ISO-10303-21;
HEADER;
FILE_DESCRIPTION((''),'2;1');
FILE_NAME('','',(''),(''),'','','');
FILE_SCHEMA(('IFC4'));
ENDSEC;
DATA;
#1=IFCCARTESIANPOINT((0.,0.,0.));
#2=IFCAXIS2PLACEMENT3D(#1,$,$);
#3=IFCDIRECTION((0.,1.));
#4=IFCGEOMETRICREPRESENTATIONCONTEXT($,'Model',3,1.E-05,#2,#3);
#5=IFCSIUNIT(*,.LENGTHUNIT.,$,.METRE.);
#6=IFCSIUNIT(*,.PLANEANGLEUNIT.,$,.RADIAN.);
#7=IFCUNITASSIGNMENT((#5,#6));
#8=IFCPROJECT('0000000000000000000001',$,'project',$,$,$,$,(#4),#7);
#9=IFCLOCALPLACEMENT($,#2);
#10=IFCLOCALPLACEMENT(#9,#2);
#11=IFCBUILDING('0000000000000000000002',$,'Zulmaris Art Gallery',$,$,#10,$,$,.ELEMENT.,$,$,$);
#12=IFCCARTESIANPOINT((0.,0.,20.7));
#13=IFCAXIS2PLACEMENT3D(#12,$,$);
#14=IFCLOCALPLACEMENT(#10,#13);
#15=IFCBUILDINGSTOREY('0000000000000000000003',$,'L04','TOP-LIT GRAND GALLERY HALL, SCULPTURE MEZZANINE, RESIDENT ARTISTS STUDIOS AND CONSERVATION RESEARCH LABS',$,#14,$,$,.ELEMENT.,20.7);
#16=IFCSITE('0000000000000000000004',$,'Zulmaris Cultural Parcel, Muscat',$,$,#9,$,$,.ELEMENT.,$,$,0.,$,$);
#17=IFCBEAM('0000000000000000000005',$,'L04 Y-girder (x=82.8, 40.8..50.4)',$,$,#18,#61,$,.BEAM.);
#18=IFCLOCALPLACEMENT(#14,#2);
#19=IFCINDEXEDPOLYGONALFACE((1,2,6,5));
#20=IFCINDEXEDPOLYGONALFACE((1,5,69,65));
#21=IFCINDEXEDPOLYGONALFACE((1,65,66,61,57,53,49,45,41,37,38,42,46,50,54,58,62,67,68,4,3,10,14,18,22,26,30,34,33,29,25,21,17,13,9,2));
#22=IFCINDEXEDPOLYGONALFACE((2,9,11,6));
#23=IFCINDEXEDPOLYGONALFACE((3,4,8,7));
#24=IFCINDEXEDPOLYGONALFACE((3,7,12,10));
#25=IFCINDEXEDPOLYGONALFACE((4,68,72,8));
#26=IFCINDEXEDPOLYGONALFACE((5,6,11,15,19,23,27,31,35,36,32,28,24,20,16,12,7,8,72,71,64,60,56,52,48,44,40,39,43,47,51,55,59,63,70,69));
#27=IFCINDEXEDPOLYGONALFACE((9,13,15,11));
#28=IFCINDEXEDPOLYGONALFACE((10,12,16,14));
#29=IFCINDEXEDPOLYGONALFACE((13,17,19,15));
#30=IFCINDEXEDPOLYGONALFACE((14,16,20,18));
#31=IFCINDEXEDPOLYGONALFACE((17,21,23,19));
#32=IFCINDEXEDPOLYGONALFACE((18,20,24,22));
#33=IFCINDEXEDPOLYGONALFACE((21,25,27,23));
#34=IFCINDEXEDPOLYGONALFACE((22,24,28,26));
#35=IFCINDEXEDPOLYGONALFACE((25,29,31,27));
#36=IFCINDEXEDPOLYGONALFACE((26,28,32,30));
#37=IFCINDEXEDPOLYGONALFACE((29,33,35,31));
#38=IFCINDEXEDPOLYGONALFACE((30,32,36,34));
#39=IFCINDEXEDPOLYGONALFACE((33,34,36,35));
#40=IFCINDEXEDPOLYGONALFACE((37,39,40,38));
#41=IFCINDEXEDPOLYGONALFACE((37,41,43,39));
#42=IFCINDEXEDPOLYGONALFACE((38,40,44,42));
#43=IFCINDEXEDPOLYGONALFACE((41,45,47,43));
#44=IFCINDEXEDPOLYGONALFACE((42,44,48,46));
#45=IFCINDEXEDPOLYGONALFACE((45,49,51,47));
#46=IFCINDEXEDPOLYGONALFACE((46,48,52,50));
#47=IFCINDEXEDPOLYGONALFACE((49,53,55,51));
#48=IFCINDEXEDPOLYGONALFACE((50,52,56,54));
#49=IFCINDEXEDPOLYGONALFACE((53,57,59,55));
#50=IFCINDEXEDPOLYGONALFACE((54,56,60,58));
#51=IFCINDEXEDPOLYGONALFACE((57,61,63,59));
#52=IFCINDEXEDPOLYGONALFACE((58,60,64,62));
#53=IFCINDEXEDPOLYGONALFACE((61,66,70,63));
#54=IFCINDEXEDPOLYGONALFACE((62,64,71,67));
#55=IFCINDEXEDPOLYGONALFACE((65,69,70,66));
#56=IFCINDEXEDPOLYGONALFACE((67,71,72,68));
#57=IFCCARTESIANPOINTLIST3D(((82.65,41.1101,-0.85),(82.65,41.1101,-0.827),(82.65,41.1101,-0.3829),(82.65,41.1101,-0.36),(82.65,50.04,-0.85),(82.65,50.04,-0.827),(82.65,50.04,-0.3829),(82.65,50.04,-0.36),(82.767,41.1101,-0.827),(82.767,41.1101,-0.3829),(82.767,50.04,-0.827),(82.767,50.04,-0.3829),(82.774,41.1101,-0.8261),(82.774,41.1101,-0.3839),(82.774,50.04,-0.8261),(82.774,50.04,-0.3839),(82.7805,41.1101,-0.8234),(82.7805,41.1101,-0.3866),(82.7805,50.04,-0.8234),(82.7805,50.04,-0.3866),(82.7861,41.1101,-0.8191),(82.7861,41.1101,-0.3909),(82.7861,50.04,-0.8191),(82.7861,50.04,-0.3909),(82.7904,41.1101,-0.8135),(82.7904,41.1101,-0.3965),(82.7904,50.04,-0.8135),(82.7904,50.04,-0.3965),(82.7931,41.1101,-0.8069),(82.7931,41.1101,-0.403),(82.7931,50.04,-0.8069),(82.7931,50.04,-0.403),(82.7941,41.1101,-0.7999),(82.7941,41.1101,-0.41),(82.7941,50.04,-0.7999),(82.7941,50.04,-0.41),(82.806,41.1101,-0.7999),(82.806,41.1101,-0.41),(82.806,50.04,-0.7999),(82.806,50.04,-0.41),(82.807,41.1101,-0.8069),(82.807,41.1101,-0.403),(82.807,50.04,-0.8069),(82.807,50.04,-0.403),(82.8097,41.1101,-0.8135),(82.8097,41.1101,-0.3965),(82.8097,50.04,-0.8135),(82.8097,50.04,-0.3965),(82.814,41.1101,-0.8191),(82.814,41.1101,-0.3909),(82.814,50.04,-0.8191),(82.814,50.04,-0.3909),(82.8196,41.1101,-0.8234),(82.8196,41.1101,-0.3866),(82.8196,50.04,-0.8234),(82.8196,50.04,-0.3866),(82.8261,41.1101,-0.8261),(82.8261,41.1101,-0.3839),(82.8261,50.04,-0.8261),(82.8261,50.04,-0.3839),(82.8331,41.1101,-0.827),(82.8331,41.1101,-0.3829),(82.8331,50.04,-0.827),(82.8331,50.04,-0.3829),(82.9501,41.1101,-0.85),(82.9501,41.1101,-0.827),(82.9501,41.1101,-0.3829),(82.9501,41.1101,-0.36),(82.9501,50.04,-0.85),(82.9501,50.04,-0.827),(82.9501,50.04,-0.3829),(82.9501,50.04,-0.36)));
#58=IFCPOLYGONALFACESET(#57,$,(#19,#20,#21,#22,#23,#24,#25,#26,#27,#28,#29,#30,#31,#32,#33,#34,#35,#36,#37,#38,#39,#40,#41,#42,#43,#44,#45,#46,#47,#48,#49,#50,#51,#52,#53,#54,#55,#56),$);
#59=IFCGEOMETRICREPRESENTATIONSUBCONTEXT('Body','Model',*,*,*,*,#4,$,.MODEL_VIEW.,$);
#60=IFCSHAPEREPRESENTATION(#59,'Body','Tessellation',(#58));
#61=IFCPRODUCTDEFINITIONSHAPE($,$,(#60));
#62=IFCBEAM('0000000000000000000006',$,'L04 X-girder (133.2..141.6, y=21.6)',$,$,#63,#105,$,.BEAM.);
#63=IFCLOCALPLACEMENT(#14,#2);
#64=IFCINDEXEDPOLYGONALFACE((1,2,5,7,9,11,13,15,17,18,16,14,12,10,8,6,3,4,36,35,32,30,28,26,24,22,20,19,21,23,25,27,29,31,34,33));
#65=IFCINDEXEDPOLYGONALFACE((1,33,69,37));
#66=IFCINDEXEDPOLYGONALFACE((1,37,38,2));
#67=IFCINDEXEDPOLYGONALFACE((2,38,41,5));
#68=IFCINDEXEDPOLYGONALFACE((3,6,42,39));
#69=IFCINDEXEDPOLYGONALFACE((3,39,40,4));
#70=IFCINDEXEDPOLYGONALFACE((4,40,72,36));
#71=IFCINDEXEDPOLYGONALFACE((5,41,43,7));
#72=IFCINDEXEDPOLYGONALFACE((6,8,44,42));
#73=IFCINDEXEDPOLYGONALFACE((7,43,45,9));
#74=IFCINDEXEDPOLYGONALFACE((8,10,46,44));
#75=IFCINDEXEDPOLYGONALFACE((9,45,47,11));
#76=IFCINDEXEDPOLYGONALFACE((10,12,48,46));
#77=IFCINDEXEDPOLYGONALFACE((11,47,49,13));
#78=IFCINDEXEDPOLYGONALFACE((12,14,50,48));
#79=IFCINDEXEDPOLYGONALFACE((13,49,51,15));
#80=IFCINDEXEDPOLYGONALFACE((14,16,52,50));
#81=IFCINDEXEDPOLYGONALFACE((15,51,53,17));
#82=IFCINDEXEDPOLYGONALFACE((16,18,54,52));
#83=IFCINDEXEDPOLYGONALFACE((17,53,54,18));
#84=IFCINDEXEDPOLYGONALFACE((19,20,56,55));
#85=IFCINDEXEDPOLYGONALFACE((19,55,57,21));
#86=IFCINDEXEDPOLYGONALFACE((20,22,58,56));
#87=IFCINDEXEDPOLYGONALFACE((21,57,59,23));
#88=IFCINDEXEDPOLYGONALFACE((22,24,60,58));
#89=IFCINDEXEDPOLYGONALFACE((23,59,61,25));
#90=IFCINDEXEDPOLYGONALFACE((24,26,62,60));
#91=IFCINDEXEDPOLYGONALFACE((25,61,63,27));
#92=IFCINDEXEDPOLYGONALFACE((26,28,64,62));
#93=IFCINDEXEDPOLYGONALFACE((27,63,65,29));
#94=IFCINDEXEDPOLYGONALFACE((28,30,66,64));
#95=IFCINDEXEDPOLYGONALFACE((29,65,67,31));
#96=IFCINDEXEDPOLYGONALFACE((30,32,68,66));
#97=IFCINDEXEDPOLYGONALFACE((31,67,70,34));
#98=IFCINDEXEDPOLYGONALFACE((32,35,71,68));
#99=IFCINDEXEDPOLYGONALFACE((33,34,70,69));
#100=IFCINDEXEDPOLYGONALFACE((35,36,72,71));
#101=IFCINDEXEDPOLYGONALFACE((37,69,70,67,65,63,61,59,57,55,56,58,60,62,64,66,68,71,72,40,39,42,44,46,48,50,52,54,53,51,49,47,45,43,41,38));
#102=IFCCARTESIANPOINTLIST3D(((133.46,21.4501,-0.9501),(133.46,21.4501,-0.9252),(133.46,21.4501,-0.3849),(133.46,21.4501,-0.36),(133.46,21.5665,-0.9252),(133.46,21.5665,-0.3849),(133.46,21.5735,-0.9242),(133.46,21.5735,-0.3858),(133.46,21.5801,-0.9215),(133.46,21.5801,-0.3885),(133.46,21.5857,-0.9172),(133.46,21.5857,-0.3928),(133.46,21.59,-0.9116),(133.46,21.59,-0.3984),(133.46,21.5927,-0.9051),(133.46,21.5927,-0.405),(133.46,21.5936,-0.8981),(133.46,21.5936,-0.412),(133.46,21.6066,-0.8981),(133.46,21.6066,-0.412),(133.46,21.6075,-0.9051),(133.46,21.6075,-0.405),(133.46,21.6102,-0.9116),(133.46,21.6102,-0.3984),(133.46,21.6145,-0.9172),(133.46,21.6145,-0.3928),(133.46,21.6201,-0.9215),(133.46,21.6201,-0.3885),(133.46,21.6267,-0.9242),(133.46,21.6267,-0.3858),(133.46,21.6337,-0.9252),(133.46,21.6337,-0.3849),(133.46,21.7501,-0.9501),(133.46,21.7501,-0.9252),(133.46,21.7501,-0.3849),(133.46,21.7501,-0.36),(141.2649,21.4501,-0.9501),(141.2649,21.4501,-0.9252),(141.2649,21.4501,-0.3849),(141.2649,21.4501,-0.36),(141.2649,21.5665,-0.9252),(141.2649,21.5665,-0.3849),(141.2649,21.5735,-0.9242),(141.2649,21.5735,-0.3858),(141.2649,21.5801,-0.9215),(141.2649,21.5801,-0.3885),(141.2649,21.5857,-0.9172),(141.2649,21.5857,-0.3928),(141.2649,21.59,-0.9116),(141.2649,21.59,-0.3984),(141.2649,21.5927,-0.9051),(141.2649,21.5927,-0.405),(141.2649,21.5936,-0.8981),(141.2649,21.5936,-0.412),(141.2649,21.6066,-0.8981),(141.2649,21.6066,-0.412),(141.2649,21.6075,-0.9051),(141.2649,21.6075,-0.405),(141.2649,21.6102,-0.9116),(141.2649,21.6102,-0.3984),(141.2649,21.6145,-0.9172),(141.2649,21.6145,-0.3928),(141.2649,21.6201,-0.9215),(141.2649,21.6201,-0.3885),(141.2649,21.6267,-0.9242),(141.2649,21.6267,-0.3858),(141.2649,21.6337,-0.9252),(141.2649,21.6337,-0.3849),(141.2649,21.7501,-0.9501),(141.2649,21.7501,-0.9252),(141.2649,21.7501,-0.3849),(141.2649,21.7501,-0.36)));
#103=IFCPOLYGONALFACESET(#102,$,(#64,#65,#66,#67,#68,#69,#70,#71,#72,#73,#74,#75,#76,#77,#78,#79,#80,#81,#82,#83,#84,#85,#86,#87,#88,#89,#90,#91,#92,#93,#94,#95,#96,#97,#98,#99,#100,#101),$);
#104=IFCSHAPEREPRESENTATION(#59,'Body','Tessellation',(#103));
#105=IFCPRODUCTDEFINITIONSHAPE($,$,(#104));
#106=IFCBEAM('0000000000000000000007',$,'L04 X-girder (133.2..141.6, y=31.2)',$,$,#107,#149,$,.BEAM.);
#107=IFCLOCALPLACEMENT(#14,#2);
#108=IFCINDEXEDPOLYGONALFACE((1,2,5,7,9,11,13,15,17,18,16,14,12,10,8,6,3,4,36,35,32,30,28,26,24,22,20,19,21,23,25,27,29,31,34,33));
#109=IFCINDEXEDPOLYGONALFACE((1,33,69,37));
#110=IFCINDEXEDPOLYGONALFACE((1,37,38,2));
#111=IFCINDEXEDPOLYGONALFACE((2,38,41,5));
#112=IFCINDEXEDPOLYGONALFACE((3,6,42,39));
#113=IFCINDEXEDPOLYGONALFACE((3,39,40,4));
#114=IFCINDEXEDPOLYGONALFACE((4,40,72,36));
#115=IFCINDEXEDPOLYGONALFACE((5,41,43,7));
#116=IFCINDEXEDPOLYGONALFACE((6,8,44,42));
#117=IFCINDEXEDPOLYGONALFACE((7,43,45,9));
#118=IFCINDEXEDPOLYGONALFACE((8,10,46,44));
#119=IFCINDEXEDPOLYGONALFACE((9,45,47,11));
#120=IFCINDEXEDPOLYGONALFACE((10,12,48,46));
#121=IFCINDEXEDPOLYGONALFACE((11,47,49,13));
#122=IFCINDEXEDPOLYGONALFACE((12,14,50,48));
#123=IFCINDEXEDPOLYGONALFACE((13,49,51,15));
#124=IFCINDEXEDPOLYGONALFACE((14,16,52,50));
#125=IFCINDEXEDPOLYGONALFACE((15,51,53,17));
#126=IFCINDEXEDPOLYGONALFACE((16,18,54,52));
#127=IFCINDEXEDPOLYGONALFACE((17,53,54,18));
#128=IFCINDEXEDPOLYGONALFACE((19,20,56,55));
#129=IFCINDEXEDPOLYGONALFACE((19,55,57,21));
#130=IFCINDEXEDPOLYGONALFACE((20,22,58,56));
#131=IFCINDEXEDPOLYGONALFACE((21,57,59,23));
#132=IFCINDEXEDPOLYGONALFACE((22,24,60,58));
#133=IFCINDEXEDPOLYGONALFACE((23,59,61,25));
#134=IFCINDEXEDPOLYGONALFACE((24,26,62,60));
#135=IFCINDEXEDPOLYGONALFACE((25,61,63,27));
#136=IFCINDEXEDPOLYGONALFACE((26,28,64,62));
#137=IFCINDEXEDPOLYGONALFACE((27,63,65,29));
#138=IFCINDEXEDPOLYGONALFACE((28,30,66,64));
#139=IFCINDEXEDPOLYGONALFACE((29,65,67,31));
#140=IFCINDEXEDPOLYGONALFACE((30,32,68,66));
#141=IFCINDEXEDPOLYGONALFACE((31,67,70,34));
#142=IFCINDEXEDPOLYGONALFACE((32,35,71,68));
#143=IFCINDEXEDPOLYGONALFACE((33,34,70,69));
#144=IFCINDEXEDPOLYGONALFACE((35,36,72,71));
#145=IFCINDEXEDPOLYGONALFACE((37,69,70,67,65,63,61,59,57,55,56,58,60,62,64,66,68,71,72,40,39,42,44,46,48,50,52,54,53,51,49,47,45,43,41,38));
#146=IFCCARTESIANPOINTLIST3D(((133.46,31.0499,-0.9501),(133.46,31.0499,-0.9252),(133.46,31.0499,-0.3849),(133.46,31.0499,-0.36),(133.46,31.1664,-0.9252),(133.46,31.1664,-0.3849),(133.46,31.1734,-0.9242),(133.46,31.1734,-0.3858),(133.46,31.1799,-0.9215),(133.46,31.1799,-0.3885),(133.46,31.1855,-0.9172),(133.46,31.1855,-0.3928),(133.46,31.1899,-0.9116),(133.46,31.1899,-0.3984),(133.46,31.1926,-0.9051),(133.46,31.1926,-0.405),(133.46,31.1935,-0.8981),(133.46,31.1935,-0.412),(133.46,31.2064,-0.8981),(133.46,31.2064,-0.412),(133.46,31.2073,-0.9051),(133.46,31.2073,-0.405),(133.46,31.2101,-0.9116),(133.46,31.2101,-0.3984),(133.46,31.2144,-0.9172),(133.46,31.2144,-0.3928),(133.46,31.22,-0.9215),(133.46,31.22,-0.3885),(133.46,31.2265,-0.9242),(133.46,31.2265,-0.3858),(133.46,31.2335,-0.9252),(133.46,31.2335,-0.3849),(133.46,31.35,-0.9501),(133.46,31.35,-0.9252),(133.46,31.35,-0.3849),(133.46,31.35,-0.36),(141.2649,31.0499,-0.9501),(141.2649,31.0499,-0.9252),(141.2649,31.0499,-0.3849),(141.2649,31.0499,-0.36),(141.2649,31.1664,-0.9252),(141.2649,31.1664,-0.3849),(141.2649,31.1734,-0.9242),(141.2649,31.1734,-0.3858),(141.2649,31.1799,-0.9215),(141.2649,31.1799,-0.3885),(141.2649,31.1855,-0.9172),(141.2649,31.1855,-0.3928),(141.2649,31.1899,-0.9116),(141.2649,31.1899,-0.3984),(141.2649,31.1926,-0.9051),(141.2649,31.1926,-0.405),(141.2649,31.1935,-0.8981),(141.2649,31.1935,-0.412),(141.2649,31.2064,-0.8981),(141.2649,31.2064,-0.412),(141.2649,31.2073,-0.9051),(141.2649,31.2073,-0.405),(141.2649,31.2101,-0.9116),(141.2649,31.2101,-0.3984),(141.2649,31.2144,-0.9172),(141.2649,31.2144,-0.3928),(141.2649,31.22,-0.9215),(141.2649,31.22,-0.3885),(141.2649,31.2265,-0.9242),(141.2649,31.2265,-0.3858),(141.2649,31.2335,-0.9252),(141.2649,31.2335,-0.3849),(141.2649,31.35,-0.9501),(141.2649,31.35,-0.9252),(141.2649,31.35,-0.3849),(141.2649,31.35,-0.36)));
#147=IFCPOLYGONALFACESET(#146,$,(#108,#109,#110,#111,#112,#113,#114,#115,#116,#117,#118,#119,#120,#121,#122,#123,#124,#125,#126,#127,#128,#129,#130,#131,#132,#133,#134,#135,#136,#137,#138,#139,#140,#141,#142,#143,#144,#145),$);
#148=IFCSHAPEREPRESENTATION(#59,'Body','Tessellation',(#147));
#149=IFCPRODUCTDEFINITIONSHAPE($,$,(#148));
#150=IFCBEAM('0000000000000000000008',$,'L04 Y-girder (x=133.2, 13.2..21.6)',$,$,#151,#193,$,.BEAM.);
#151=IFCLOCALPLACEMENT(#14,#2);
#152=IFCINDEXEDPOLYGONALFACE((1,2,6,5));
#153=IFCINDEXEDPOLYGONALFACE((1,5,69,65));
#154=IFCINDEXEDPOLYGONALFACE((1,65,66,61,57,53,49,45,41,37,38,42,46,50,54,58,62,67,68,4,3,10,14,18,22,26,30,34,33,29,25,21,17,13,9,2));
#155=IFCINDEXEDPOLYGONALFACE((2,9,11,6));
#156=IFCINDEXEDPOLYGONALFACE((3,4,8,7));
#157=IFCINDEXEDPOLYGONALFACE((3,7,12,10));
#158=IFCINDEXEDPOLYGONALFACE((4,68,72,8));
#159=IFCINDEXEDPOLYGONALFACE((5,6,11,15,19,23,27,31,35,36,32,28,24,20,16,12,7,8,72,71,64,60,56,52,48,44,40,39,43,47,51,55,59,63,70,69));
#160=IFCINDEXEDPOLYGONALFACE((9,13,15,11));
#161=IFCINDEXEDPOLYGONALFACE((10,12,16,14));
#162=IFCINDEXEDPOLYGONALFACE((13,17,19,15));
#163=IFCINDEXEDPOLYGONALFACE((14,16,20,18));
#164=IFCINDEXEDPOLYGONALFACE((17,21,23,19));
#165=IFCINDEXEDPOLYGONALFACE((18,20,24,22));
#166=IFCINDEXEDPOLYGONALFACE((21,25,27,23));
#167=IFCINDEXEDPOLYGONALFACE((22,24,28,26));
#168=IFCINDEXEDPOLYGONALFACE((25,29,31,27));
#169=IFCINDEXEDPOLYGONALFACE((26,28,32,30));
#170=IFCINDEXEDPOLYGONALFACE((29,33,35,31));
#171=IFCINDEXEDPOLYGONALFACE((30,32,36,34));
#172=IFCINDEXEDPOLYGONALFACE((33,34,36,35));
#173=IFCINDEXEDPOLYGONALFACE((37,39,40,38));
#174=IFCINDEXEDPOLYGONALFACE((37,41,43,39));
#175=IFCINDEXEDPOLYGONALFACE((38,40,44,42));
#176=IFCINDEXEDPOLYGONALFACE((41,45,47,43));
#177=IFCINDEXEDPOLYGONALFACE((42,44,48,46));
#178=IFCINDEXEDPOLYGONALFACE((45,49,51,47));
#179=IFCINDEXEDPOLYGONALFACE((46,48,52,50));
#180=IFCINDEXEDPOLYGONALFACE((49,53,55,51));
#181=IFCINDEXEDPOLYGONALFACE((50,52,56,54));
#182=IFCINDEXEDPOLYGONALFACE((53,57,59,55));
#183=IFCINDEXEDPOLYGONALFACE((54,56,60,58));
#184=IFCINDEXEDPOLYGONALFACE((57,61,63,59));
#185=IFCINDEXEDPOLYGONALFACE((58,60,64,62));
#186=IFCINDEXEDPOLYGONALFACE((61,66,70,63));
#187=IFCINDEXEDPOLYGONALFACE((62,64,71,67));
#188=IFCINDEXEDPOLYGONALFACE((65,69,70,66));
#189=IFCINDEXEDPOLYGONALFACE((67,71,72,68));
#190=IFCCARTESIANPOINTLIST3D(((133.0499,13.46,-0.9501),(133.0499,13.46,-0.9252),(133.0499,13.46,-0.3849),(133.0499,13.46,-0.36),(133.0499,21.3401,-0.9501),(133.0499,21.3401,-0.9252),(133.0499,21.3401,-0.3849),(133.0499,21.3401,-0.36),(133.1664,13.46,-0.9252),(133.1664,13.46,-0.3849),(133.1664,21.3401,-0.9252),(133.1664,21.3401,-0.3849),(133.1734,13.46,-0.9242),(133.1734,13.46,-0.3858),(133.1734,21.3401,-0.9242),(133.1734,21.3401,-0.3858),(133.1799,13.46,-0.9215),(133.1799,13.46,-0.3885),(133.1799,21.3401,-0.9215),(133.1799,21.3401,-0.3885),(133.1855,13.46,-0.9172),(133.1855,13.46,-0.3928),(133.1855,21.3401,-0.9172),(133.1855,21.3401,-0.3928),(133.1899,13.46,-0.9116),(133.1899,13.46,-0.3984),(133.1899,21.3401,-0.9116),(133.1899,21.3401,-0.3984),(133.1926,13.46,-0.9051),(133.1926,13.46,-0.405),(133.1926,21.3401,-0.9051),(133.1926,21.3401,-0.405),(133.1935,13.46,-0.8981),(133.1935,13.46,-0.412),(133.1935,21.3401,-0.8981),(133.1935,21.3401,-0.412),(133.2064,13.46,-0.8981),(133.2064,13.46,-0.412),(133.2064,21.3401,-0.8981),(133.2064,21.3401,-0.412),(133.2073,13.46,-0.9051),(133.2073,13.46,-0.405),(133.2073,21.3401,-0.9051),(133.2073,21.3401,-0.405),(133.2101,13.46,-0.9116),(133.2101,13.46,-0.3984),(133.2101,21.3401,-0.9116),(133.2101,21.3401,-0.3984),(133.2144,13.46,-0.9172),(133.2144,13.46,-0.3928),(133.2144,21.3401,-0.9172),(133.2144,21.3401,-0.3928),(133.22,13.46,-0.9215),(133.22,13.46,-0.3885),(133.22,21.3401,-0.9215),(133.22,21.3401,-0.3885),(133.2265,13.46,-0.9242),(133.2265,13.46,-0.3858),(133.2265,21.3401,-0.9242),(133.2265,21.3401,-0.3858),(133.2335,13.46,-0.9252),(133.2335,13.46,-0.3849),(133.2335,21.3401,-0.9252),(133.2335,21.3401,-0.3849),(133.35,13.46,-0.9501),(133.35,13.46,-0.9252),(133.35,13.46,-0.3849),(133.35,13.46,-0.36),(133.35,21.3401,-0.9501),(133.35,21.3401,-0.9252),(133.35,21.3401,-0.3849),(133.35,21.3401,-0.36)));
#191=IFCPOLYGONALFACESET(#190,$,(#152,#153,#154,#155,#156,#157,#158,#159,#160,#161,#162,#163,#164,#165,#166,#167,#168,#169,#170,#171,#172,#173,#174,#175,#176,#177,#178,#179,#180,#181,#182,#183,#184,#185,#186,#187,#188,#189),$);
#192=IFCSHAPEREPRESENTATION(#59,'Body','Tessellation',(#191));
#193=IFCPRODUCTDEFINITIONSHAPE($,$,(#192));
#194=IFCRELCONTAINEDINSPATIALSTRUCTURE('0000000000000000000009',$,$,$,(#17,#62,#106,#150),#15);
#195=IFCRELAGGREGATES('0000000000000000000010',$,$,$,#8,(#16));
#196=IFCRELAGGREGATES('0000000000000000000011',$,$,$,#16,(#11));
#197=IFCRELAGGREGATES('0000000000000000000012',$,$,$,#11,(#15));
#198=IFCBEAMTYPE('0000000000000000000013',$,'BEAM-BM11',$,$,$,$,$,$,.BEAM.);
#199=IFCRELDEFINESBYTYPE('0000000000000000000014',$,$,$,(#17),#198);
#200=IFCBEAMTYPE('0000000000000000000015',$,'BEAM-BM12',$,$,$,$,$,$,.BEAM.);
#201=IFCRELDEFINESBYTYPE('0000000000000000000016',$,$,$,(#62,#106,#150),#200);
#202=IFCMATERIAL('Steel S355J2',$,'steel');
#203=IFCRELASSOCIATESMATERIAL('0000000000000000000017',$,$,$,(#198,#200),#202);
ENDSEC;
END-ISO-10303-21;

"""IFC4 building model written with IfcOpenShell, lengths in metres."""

from ifc_helpers import new_model, si_unit, direction, frame, origin, origin_2d, place, context, subcontext, project, spatial, i_section, extrude, material, material_profile, profile_set, type_object, element, save


model = new_model("IFC4")

# Units and contexts
model_context = context("Model", 3, precision=1e-05, world=origin(), true_north=direction((0.0, 1.0)))
body_context = subcontext(model_context, "Body", "Model", "MODEL_VIEW")
ifc_project = project(units=[si_unit("LENGTHUNIT", "METRE"), si_unit("PLANEANGLEUNIT", "RADIAN")], contexts=[model_context])

# Site, building, storey
site_placement = place(None, origin())
site = spatial("IfcSite", under=ifc_project, at=site_placement, Name="Zulmaris Cultural Parcel, Muscat", CompositionType="ELEMENT", RefElevation=0.0)
building_placement = place(site_placement, origin())
building = spatial("IfcBuilding", under=site, at=building_placement, Name="Zulmaris Art Gallery", CompositionType="ELEMENT")
storey_placement = place(building_placement, frame((0.0, 0.0, 20.7)))
storey = spatial("IfcBuildingStorey", under=building, at=storey_placement, Name="L04", Description="TOP-LIT GRAND GALLERY HALL, SCULPTURE MEZZANINE, RESIDENT ARTISTS STUDIOS AND CONSERVATION RESEARCH LABS", CompositionType="ELEMENT", Elevation=20.7)

# Beams
ifc_material_1 = material(Name="Steel S355J2", Category="steel")
ifc_material_profile_1 = material_profile(ifc_material_1, i_section(OverallWidth=0.3, OverallDepth=0.49, WebThickness=0.012, FlangeThickness=0.0229, FilletRadius=0.0271, at=origin_2d()), Name="HEA 500")
ifc_profile_set_1 = profile_set([ifc_material_profile_1], Name="Steel S355J2")
beam_type_1 = type_object("IfcBeamType", Name="BEAM-BM11", PredefinedType="BEAM", material=ifc_profile_set_1)
beam_1_placement = place(storey_placement, frame((82.8, 41.1101, -0.605), z_axis=(0.0, 1.0, 0.0), x_axis=(-1.0, 0.0, 0.0)))
element("IfcBeam", 1, at=beam_1_placement, inside=storey, type_object=beam_type_1, Name="L04 Y-girder (x=82.8, 40.8..50.4)", PredefinedType="BEAM", context=body_context, shape_type="SweptSolid", body=[
    extrude(i_section(OverallWidth=0.3, OverallDepth=0.49, WebThickness=0.012, FlangeThickness=0.0229, FilletRadius=0.0271, at=origin_2d()), origin(), (0.0, 0.0, 1.0), 8.9299),
])
ifc_material_profile_2 = material_profile(ifc_material_1, i_section(OverallWidth=0.3, OverallDepth=0.5901, WebThickness=0.0129, FlangeThickness=0.0249, FilletRadius=0.0271, at=origin_2d()), Name="HEA 600")
ifc_profile_set_2 = profile_set([ifc_material_profile_2], Name="Steel S355J2")
beam_type_2 = type_object("IfcBeamType", Name="BEAM-BM12", PredefinedType="BEAM", material=ifc_profile_set_2)
for number, where, z_axis, x_axis, name in (
    (2, (133.46, 21.6001, -0.655), (1.0, 0.0, 0.0), (0.0, 1.0, 0.0), "L04 X-girder (133.2..141.6, y=21.6)"),
    (3, (133.46, 31.2, -0.655), (1.0, 0.0, 0.0), (0.0, 1.0, 0.0), "L04 X-girder (133.2..141.6, y=31.2)"),
):
    element("IfcBeam", number, at=place(storey_placement, frame(where, z_axis=z_axis, x_axis=x_axis)), inside=storey, type_object=beam_type_2, Name=name, PredefinedType="BEAM", context=body_context, shape_type="SweptSolid", body=[
        extrude(i_section(OverallWidth=0.3, OverallDepth=0.5901, WebThickness=0.0129, FlangeThickness=0.0249, FilletRadius=0.0271, at=origin_2d()), origin(), (0.0, 0.0, 1.0), 7.8049),
    ])
beam_2_placement = place(storey_placement, frame((133.2, 13.46, -0.655), z_axis=(0.0, 1.0, 0.0), x_axis=(-1.0, 0.0, 0.0)))
element("IfcBeam", 4, at=beam_2_placement, inside=storey, type_object=beam_type_2, Name="L04 Y-girder (x=133.2, 13.2..21.6)", PredefinedType="BEAM", context=body_context, shape_type="SweptSolid", body=[
    extrude(i_section(OverallWidth=0.3, OverallDepth=0.5901, WebThickness=0.0129, FlangeThickness=0.0249, FilletRadius=0.0271, at=origin_2d()), origin(), (0.0, 0.0, 1.0), 7.8801),
])

save(model, "model.ifc")
